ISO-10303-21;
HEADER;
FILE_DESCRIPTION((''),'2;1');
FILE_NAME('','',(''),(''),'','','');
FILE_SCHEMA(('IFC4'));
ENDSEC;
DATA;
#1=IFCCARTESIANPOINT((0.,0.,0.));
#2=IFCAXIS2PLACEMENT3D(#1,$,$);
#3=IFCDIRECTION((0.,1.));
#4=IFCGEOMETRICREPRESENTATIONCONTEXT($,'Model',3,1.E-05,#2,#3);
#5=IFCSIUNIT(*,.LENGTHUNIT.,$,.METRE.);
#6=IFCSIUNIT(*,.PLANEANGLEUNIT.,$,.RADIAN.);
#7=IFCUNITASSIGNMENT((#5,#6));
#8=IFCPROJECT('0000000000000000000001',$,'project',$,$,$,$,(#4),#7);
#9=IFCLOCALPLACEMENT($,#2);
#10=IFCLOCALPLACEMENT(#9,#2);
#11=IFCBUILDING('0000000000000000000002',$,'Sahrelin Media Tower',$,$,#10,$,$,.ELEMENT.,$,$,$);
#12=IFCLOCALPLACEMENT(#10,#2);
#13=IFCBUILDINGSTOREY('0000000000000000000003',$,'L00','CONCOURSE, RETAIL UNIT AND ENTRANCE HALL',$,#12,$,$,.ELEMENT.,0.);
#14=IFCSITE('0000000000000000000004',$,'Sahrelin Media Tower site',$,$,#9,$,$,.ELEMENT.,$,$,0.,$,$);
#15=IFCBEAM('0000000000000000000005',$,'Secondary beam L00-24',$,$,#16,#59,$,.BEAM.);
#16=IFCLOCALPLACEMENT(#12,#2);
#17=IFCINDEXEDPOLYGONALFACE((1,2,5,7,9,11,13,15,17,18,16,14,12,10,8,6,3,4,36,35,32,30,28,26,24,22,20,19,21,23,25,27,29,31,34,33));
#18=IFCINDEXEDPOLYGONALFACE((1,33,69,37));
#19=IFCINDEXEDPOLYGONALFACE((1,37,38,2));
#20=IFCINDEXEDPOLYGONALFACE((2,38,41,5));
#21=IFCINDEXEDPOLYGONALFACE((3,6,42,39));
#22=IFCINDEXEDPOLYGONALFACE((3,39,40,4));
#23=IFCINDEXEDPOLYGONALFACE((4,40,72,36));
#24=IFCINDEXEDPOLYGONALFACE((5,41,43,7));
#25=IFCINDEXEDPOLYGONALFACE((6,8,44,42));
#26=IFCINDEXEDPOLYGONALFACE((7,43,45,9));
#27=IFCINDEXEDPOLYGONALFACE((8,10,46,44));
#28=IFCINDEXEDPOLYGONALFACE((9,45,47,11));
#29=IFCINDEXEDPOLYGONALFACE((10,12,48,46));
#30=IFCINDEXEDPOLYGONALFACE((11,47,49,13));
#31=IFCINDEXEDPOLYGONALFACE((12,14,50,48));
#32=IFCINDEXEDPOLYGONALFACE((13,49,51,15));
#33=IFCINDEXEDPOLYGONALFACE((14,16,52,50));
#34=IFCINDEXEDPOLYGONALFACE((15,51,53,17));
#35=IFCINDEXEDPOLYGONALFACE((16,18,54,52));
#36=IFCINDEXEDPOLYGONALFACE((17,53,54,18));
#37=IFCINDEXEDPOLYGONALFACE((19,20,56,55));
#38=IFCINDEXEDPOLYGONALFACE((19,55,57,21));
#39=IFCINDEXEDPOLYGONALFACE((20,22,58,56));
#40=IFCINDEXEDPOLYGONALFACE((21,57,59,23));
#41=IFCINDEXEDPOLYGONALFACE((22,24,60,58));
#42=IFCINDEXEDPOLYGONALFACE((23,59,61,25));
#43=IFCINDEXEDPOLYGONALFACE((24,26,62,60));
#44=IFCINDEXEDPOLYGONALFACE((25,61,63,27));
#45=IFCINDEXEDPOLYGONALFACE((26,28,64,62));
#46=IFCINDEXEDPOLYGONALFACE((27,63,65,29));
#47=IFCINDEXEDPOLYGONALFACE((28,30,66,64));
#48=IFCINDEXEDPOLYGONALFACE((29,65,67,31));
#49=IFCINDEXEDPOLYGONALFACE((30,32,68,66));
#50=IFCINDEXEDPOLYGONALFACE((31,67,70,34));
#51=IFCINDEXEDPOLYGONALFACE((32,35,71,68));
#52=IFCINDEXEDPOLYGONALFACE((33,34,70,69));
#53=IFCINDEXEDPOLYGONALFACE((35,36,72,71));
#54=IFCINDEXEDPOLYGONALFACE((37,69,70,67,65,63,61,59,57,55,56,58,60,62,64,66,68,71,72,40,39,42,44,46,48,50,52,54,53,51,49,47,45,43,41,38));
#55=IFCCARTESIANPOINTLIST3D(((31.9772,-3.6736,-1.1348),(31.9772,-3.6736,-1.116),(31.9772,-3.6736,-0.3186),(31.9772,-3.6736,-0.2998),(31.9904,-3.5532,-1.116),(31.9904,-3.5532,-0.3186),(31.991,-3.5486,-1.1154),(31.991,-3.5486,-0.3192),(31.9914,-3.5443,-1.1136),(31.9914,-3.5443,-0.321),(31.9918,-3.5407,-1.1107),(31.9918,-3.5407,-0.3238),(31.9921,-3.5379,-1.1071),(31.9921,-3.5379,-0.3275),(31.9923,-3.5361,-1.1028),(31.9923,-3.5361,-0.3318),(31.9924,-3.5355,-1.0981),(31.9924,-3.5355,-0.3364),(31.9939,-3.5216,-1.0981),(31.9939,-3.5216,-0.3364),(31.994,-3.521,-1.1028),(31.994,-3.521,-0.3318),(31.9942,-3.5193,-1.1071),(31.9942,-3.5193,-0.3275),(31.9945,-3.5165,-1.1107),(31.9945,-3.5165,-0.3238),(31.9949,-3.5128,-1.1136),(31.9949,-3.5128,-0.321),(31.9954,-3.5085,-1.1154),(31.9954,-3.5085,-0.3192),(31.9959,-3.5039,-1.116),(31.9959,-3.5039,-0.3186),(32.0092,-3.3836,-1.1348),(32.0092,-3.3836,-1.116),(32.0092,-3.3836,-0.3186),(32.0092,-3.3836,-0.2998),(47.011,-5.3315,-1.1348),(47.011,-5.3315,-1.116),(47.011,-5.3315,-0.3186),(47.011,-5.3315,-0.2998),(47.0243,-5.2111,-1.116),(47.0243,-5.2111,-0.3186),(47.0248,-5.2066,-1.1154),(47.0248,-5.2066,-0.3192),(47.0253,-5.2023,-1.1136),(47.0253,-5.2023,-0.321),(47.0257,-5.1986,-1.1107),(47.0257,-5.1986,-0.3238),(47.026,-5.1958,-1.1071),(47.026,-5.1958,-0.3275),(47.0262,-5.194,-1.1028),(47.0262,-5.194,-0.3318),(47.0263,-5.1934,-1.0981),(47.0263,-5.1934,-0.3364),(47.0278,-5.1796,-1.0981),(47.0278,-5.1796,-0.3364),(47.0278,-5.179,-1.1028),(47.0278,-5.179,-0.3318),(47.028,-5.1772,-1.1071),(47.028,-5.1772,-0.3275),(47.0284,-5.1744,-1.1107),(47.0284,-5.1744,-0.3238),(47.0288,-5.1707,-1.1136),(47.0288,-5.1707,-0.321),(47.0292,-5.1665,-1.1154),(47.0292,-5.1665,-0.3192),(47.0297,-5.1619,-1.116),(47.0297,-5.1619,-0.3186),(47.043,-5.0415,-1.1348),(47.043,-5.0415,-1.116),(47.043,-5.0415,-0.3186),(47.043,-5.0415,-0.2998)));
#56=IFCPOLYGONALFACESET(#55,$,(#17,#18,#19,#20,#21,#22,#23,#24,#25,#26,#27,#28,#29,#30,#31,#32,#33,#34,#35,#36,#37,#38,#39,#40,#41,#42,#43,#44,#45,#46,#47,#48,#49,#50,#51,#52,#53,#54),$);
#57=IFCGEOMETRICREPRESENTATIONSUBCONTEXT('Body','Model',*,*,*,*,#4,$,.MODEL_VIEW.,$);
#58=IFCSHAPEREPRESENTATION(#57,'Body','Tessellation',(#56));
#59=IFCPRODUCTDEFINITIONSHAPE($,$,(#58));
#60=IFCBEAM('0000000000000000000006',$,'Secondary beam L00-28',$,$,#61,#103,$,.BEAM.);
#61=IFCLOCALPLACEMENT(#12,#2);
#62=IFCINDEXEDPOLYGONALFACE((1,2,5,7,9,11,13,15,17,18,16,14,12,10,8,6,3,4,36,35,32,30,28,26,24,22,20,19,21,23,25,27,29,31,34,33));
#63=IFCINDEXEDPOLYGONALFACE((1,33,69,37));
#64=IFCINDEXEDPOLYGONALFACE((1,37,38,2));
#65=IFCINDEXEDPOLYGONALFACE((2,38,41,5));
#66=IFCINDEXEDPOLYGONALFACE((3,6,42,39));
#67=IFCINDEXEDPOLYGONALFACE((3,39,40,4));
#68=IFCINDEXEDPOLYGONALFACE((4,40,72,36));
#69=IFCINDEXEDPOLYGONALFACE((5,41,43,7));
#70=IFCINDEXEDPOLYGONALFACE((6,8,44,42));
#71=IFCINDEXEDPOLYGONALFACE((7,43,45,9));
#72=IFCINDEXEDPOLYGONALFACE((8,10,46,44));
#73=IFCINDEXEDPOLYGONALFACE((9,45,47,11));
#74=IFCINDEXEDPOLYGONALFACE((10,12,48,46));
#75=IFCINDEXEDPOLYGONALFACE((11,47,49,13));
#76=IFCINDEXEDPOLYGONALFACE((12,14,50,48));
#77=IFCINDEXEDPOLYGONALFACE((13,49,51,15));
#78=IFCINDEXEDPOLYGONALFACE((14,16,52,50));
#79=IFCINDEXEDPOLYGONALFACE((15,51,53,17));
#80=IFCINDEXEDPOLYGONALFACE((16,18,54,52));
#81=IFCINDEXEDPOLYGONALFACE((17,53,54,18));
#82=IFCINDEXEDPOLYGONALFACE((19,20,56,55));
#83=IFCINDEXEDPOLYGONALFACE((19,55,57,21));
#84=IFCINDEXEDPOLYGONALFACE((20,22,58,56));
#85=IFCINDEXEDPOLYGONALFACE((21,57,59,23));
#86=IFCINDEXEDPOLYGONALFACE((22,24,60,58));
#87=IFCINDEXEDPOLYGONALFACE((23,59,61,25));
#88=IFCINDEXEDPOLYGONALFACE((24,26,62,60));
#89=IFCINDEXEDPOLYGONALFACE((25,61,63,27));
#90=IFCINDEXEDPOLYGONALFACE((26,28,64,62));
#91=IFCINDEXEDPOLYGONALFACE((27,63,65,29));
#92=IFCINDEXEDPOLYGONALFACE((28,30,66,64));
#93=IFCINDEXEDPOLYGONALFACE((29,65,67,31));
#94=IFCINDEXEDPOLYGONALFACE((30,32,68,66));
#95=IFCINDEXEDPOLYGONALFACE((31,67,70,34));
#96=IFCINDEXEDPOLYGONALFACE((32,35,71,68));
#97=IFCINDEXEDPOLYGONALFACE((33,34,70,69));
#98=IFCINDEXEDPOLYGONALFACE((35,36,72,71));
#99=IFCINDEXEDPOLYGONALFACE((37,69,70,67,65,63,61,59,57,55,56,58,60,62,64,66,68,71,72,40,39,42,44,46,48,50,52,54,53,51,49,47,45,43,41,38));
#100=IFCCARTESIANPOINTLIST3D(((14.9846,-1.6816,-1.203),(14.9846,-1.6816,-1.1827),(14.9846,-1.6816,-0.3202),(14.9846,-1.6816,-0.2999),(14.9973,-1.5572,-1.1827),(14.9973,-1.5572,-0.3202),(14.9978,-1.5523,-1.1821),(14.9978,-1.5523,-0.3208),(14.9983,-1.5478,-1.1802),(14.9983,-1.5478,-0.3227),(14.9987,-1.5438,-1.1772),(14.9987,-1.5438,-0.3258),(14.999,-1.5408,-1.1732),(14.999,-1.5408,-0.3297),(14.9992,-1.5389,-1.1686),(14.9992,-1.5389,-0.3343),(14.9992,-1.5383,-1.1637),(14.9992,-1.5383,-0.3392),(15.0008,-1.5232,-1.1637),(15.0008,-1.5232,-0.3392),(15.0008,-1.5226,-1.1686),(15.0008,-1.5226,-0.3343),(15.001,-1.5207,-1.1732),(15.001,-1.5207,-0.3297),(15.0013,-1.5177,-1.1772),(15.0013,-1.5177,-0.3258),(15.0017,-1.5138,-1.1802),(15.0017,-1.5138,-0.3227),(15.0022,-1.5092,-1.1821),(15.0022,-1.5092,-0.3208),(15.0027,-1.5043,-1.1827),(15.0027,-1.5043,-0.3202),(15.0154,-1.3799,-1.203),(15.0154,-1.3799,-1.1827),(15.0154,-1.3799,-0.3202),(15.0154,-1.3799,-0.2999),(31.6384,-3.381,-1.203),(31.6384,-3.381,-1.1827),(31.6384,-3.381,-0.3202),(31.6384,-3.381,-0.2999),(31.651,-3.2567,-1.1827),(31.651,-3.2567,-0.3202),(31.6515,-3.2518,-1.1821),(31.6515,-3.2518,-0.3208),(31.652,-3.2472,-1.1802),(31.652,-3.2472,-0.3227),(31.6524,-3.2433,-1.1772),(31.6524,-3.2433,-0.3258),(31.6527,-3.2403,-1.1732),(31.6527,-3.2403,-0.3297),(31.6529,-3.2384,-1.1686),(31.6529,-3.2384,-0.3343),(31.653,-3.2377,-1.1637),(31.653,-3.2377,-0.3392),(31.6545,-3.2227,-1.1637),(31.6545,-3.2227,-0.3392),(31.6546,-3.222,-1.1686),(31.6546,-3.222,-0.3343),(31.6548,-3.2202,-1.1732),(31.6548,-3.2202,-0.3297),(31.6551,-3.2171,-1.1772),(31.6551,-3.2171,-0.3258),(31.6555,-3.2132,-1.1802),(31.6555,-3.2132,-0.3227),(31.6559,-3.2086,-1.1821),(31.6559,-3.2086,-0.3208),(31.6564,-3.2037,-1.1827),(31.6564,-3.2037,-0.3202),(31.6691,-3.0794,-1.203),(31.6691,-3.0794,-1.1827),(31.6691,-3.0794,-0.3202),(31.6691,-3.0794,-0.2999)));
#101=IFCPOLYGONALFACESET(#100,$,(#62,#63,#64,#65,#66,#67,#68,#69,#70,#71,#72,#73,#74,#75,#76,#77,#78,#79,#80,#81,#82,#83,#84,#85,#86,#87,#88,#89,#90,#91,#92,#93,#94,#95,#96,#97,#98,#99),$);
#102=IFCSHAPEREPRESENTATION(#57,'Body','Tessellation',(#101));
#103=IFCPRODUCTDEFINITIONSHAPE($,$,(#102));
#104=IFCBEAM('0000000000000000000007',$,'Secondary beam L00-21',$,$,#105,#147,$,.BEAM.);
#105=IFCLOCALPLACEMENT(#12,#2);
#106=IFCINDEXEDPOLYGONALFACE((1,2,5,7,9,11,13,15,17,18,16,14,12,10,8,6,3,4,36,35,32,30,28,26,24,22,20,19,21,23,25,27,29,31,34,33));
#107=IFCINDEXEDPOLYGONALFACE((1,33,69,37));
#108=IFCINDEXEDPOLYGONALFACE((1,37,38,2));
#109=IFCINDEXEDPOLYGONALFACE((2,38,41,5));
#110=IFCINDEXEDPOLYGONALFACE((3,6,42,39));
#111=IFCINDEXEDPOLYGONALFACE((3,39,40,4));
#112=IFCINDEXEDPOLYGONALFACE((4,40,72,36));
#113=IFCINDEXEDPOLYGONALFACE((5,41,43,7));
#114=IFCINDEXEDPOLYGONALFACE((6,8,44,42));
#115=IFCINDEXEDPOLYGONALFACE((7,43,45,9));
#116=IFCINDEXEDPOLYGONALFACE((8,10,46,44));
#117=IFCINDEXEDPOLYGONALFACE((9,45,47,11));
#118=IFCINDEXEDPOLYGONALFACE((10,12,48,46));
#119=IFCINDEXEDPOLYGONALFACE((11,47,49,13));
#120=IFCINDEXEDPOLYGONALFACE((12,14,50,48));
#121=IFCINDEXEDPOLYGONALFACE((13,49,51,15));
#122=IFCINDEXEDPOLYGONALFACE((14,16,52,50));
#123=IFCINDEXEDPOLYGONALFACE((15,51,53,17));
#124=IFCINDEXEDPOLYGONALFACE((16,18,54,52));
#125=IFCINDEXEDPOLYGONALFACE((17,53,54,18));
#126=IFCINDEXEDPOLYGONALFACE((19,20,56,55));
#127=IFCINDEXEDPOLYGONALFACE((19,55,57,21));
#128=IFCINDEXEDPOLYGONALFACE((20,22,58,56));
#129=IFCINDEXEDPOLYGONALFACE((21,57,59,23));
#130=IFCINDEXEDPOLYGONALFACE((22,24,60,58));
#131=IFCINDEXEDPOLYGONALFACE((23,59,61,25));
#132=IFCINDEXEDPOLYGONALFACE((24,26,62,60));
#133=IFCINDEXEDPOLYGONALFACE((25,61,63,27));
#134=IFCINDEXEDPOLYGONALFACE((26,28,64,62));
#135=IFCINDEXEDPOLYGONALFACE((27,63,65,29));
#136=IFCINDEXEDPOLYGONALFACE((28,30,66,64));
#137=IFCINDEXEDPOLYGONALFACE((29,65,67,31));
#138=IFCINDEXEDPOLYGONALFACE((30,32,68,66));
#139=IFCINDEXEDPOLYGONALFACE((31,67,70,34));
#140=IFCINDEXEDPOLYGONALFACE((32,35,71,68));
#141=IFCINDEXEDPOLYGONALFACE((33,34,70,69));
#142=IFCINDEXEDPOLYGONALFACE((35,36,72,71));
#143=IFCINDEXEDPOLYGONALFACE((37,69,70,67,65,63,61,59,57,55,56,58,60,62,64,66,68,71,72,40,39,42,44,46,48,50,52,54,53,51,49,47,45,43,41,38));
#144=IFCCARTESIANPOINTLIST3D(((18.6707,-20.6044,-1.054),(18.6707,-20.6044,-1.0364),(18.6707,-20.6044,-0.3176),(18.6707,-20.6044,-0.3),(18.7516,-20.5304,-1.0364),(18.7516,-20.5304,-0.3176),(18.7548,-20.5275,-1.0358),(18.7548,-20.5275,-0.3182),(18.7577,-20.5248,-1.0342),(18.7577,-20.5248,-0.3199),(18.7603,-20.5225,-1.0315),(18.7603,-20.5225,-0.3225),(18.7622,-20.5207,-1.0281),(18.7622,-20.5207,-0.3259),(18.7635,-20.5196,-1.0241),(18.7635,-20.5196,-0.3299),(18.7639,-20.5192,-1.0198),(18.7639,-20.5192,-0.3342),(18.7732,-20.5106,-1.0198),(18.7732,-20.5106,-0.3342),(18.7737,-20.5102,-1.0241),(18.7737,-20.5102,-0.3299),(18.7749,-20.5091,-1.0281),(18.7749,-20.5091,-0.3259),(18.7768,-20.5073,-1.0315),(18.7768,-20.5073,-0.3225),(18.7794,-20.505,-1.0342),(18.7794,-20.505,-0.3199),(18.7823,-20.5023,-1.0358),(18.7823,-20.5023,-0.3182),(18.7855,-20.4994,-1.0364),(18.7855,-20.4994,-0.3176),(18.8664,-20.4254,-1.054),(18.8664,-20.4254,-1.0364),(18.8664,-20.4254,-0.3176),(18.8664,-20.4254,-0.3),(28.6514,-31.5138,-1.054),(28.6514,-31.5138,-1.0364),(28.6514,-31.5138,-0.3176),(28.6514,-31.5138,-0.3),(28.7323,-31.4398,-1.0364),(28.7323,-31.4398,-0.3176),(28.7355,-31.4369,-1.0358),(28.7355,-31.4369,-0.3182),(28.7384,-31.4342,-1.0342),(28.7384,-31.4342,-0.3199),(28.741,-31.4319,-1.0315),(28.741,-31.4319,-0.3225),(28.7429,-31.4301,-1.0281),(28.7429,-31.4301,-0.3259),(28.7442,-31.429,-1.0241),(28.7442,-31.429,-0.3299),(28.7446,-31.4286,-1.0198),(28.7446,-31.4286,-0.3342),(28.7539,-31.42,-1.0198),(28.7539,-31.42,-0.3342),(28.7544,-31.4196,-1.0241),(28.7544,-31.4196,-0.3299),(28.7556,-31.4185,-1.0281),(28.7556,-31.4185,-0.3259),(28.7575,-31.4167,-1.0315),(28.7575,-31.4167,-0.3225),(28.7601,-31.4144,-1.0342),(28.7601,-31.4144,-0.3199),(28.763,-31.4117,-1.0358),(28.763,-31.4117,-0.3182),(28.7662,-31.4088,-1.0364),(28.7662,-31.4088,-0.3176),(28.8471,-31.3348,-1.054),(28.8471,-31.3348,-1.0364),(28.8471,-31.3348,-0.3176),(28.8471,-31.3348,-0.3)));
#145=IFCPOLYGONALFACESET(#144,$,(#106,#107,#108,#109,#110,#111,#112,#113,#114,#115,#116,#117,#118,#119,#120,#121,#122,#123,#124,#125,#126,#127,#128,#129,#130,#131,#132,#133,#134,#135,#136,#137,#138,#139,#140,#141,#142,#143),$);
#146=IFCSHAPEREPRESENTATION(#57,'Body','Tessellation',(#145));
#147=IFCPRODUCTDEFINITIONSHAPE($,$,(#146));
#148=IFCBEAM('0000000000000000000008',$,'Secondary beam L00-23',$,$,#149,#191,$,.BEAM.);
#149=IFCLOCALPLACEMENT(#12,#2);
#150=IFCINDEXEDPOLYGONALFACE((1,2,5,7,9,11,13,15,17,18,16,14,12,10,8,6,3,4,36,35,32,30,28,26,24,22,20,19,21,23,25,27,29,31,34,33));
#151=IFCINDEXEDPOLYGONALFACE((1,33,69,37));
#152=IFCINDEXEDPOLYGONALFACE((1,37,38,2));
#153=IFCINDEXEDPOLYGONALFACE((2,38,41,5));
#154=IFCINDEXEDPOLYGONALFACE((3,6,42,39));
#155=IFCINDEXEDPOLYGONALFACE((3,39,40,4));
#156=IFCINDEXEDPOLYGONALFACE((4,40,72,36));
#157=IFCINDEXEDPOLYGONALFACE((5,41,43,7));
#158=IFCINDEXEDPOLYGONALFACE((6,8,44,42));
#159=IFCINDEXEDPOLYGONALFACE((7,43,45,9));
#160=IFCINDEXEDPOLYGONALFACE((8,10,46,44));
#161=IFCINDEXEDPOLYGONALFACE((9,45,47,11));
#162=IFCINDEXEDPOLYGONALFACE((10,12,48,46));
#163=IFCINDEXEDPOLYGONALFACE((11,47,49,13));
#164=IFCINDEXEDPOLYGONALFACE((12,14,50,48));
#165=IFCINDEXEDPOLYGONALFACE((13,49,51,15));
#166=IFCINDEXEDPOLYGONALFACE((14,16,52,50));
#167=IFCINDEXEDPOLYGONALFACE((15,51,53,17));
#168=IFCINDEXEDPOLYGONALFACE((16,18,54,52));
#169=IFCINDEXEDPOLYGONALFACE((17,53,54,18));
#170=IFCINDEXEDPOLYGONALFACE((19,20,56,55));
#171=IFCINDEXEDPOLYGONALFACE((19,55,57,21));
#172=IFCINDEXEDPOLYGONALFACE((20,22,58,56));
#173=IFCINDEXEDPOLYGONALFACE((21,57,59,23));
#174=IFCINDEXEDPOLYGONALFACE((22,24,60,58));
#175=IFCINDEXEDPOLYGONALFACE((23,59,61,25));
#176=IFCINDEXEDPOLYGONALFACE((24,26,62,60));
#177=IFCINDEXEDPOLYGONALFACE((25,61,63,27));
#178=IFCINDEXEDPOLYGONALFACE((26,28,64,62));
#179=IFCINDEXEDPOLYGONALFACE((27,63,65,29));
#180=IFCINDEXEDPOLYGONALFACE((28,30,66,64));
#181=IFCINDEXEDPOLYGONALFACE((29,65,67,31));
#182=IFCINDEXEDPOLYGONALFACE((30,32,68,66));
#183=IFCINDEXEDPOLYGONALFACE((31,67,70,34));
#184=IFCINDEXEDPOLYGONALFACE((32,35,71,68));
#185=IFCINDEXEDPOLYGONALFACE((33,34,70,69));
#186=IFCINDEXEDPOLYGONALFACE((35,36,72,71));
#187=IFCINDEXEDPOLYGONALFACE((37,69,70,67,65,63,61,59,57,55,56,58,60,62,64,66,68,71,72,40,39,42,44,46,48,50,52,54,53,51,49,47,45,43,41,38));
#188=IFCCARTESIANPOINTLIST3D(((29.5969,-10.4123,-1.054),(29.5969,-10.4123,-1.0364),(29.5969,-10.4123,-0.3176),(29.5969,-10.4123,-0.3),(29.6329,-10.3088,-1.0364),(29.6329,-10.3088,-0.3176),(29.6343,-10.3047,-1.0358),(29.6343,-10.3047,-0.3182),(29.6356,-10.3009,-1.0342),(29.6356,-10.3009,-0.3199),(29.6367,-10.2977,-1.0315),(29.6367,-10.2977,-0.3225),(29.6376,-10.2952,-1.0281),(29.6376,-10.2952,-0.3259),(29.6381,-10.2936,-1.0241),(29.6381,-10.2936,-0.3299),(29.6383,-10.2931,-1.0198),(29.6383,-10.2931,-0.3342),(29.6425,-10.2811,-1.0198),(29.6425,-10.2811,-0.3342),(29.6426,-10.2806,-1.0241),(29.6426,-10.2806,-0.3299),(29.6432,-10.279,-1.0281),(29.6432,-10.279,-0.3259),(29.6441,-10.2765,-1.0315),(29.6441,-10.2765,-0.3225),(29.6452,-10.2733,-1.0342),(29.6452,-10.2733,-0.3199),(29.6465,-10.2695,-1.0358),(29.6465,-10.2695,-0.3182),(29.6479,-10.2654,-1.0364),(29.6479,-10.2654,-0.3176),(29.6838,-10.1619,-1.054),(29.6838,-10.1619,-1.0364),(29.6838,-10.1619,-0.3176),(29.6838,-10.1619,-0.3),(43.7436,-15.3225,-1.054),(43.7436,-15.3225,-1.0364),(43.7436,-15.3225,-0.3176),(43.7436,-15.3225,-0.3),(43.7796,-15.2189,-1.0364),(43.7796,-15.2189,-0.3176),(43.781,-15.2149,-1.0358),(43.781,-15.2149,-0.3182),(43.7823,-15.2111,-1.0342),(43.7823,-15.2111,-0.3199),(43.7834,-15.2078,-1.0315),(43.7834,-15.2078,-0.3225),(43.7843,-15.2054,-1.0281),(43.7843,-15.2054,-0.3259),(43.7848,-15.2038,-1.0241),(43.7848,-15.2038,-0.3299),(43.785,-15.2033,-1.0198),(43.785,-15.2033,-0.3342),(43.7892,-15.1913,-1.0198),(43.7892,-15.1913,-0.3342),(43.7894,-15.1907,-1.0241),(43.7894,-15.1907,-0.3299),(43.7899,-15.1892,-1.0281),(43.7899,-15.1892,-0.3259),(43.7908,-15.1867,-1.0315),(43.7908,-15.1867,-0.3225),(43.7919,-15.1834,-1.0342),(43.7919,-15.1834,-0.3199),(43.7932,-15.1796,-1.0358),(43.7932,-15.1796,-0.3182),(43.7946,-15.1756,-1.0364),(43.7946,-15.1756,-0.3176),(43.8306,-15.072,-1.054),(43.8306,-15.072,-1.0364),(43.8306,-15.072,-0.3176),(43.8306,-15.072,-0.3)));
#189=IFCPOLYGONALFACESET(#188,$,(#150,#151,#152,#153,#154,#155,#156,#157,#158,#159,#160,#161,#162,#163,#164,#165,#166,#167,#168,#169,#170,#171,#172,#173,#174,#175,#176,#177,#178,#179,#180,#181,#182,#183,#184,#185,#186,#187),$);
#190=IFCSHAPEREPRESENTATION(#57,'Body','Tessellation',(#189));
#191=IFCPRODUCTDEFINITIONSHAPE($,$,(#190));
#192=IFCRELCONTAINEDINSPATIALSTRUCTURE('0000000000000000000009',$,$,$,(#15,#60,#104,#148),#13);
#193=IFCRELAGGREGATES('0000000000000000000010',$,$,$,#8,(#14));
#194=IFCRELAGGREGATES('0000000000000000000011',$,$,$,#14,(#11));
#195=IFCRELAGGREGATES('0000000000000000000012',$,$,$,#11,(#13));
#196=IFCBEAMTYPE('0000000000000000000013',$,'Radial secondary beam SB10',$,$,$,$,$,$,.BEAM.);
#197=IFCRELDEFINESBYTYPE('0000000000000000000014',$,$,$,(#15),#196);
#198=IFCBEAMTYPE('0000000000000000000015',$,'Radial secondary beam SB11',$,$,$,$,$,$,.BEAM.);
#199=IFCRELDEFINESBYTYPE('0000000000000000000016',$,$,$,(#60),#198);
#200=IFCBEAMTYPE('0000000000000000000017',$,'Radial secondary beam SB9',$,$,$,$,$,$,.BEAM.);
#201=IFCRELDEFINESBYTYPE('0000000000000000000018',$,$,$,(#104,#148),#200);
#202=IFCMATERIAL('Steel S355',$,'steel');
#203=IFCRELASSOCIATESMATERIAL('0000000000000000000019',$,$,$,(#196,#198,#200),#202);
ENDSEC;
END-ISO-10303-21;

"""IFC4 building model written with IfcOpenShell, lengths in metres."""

from ifc_helpers import new_model, si_unit, direction, frame, origin, origin_2d, place, context, subcontext, project, spatial, i_section, extrude, material, material_profile, profile_set, type_object, element, save


model = new_model("IFC4")

# Units and contexts
model_context = context("Model", 3, precision=1e-05, world=origin(), true_north=direction((0.0, 1.0)))
body_context = subcontext(model_context, "Body", "Model", "MODEL_VIEW")
ifc_project = project(units=[si_unit("LENGTHUNIT", "METRE"), si_unit("PLANEANGLEUNIT", "RADIAN")], contexts=[model_context])

# Site, building, storey
site_placement = place(None, origin())
site = spatial("IfcSite", under=ifc_project, at=site_placement, Name="Sahrelin Media Tower site", CompositionType="ELEMENT", RefElevation=0.0)
building_placement = place(site_placement, origin())
building = spatial("IfcBuilding", under=site, at=building_placement, Name="Sahrelin Media Tower", CompositionType="ELEMENT")
storey_placement = place(building_placement, origin())
storey = spatial("IfcBuildingStorey", under=building, at=storey_placement, Name="L00", Description="CONCOURSE, RETAIL UNIT AND ENTRANCE HALL", CompositionType="ELEMENT", Elevation=0.0)

# Beams
ifc_material_1 = material(Name="Steel S355", Category="steel")
ifc_material_profile_1 = material_profile(ifc_material_1, i_section(OverallWidth=0.2917, OverallDepth=0.835, WebThickness=0.0139, FlangeThickness=0.0188, FilletRadius=0.0178, at=origin_2d()), Name="UB 838x292x176")
ifc_profile_set_1 = profile_set([ifc_material_profile_1], Name="Steel S355")
beam_type_1 = type_object("IfcBeamType", Name="Radial secondary beam SB10", PredefinedType="BEAM", material=ifc_profile_set_1)
beam_1_placement = place(storey_placement, frame((31.9932, -3.5286, -0.7173), z_axis=(0.993974, -0.109617, 0.0), x_axis=(0.109617, 0.993974, 0.0)))
element("IfcBeam", 1, at=beam_1_placement, inside=storey, type_object=beam_type_1, Name="Secondary beam L00-24", PredefinedType="BEAM", context=body_context, shape_type="SweptSolid", body=[
    extrude(i_section(OverallWidth=0.2917, OverallDepth=0.835, WebThickness=0.0139, FlangeThickness=0.0188, FilletRadius=0.0178, at=origin_2d()), origin(), (0.0, 0.0, 1.0), 15.125),
])
ifc_material_profile_2 = material_profile(ifc_material_1, i_section(OverallWidth=0.3032, OverallDepth=0.9031, WebThickness=0.0151, FlangeThickness=0.0203, FilletRadius=0.019, at=origin_2d()), Name="UB 914x305x201")
ifc_profile_set_2 = profile_set([ifc_material_profile_2], Name="Steel S355")
beam_type_2 = type_object("IfcBeamType", Name="Radial secondary beam SB11", PredefinedType="BEAM", material=ifc_profile_set_2)
beam_2_placement = place(storey_placement, frame((15.0, -1.5308, -0.7515), z_axis=(0.994834, -0.101519, 0.0), x_axis=(0.101519, 0.994834, 0.0)))
element("IfcBeam", 2, at=beam_2_placement, inside=storey, type_object=beam_type_2, Name="Secondary beam L00-28", PredefinedType="BEAM", context=body_context, shape_type="SweptSolid", body=[
    extrude(i_section(OverallWidth=0.3032, OverallDepth=0.9031, WebThickness=0.0151, FlangeThickness=0.0203, FilletRadius=0.019, at=origin_2d()), origin(), (0.0, 0.0, 1.0), 16.7402),
])
ifc_material_profile_3 = material_profile(ifc_material_1, i_section(OverallWidth=0.2651, OverallDepth=0.7539, WebThickness=0.0127, FlangeThickness=0.0176, FilletRadius=0.0166, at=origin_2d()), Name="UB 762x267x147")
ifc_profile_set_3 = profile_set([ifc_material_profile_3], Name="Steel S355")
beam_type_3 = type_object("IfcBeamType", Name="Radial secondary beam SB9", PredefinedType="BEAM", material=ifc_profile_set_3)
beam_3_placement = place(storey_placement, frame((18.7686, -20.5149, -0.677), z_axis=(0.675004, -0.737814, 0.0), x_axis=(0.737814, 0.675004, 0.0)))
element("IfcBeam", 3, at=beam_3_placement, inside=storey, type_object=beam_type_3, Name="Secondary beam L00-21", PredefinedType="BEAM", context=body_context, shape_type="SweptSolid", body=[
    extrude(i_section(OverallWidth=0.2651, OverallDepth=0.7539, WebThickness=0.0127, FlangeThickness=0.0176, FilletRadius=0.0166, at=origin_2d()), origin(), (0.0, 0.0, 1.0), 14.7861),
])
beam_4_placement = place(storey_placement, frame((29.6404, -10.2871, -0.677), z_axis=(0.944713, -0.327898, 0.0), x_axis=(0.327898, 0.944713, 0.0)))
element("IfcBeam", 4, at=beam_4_placement, inside=storey, type_object=beam_type_3, Name="Secondary beam L00-23", PredefinedType="BEAM", context=body_context, shape_type="SweptSolid", body=[
    extrude(i_section(OverallWidth=0.2651, OverallDepth=0.7539, WebThickness=0.0127, FlangeThickness=0.0176, FilletRadius=0.0166, at=origin_2d()), origin(), (0.0, 0.0, 1.0), 14.9746),
])

save(model, "model.ifc")
